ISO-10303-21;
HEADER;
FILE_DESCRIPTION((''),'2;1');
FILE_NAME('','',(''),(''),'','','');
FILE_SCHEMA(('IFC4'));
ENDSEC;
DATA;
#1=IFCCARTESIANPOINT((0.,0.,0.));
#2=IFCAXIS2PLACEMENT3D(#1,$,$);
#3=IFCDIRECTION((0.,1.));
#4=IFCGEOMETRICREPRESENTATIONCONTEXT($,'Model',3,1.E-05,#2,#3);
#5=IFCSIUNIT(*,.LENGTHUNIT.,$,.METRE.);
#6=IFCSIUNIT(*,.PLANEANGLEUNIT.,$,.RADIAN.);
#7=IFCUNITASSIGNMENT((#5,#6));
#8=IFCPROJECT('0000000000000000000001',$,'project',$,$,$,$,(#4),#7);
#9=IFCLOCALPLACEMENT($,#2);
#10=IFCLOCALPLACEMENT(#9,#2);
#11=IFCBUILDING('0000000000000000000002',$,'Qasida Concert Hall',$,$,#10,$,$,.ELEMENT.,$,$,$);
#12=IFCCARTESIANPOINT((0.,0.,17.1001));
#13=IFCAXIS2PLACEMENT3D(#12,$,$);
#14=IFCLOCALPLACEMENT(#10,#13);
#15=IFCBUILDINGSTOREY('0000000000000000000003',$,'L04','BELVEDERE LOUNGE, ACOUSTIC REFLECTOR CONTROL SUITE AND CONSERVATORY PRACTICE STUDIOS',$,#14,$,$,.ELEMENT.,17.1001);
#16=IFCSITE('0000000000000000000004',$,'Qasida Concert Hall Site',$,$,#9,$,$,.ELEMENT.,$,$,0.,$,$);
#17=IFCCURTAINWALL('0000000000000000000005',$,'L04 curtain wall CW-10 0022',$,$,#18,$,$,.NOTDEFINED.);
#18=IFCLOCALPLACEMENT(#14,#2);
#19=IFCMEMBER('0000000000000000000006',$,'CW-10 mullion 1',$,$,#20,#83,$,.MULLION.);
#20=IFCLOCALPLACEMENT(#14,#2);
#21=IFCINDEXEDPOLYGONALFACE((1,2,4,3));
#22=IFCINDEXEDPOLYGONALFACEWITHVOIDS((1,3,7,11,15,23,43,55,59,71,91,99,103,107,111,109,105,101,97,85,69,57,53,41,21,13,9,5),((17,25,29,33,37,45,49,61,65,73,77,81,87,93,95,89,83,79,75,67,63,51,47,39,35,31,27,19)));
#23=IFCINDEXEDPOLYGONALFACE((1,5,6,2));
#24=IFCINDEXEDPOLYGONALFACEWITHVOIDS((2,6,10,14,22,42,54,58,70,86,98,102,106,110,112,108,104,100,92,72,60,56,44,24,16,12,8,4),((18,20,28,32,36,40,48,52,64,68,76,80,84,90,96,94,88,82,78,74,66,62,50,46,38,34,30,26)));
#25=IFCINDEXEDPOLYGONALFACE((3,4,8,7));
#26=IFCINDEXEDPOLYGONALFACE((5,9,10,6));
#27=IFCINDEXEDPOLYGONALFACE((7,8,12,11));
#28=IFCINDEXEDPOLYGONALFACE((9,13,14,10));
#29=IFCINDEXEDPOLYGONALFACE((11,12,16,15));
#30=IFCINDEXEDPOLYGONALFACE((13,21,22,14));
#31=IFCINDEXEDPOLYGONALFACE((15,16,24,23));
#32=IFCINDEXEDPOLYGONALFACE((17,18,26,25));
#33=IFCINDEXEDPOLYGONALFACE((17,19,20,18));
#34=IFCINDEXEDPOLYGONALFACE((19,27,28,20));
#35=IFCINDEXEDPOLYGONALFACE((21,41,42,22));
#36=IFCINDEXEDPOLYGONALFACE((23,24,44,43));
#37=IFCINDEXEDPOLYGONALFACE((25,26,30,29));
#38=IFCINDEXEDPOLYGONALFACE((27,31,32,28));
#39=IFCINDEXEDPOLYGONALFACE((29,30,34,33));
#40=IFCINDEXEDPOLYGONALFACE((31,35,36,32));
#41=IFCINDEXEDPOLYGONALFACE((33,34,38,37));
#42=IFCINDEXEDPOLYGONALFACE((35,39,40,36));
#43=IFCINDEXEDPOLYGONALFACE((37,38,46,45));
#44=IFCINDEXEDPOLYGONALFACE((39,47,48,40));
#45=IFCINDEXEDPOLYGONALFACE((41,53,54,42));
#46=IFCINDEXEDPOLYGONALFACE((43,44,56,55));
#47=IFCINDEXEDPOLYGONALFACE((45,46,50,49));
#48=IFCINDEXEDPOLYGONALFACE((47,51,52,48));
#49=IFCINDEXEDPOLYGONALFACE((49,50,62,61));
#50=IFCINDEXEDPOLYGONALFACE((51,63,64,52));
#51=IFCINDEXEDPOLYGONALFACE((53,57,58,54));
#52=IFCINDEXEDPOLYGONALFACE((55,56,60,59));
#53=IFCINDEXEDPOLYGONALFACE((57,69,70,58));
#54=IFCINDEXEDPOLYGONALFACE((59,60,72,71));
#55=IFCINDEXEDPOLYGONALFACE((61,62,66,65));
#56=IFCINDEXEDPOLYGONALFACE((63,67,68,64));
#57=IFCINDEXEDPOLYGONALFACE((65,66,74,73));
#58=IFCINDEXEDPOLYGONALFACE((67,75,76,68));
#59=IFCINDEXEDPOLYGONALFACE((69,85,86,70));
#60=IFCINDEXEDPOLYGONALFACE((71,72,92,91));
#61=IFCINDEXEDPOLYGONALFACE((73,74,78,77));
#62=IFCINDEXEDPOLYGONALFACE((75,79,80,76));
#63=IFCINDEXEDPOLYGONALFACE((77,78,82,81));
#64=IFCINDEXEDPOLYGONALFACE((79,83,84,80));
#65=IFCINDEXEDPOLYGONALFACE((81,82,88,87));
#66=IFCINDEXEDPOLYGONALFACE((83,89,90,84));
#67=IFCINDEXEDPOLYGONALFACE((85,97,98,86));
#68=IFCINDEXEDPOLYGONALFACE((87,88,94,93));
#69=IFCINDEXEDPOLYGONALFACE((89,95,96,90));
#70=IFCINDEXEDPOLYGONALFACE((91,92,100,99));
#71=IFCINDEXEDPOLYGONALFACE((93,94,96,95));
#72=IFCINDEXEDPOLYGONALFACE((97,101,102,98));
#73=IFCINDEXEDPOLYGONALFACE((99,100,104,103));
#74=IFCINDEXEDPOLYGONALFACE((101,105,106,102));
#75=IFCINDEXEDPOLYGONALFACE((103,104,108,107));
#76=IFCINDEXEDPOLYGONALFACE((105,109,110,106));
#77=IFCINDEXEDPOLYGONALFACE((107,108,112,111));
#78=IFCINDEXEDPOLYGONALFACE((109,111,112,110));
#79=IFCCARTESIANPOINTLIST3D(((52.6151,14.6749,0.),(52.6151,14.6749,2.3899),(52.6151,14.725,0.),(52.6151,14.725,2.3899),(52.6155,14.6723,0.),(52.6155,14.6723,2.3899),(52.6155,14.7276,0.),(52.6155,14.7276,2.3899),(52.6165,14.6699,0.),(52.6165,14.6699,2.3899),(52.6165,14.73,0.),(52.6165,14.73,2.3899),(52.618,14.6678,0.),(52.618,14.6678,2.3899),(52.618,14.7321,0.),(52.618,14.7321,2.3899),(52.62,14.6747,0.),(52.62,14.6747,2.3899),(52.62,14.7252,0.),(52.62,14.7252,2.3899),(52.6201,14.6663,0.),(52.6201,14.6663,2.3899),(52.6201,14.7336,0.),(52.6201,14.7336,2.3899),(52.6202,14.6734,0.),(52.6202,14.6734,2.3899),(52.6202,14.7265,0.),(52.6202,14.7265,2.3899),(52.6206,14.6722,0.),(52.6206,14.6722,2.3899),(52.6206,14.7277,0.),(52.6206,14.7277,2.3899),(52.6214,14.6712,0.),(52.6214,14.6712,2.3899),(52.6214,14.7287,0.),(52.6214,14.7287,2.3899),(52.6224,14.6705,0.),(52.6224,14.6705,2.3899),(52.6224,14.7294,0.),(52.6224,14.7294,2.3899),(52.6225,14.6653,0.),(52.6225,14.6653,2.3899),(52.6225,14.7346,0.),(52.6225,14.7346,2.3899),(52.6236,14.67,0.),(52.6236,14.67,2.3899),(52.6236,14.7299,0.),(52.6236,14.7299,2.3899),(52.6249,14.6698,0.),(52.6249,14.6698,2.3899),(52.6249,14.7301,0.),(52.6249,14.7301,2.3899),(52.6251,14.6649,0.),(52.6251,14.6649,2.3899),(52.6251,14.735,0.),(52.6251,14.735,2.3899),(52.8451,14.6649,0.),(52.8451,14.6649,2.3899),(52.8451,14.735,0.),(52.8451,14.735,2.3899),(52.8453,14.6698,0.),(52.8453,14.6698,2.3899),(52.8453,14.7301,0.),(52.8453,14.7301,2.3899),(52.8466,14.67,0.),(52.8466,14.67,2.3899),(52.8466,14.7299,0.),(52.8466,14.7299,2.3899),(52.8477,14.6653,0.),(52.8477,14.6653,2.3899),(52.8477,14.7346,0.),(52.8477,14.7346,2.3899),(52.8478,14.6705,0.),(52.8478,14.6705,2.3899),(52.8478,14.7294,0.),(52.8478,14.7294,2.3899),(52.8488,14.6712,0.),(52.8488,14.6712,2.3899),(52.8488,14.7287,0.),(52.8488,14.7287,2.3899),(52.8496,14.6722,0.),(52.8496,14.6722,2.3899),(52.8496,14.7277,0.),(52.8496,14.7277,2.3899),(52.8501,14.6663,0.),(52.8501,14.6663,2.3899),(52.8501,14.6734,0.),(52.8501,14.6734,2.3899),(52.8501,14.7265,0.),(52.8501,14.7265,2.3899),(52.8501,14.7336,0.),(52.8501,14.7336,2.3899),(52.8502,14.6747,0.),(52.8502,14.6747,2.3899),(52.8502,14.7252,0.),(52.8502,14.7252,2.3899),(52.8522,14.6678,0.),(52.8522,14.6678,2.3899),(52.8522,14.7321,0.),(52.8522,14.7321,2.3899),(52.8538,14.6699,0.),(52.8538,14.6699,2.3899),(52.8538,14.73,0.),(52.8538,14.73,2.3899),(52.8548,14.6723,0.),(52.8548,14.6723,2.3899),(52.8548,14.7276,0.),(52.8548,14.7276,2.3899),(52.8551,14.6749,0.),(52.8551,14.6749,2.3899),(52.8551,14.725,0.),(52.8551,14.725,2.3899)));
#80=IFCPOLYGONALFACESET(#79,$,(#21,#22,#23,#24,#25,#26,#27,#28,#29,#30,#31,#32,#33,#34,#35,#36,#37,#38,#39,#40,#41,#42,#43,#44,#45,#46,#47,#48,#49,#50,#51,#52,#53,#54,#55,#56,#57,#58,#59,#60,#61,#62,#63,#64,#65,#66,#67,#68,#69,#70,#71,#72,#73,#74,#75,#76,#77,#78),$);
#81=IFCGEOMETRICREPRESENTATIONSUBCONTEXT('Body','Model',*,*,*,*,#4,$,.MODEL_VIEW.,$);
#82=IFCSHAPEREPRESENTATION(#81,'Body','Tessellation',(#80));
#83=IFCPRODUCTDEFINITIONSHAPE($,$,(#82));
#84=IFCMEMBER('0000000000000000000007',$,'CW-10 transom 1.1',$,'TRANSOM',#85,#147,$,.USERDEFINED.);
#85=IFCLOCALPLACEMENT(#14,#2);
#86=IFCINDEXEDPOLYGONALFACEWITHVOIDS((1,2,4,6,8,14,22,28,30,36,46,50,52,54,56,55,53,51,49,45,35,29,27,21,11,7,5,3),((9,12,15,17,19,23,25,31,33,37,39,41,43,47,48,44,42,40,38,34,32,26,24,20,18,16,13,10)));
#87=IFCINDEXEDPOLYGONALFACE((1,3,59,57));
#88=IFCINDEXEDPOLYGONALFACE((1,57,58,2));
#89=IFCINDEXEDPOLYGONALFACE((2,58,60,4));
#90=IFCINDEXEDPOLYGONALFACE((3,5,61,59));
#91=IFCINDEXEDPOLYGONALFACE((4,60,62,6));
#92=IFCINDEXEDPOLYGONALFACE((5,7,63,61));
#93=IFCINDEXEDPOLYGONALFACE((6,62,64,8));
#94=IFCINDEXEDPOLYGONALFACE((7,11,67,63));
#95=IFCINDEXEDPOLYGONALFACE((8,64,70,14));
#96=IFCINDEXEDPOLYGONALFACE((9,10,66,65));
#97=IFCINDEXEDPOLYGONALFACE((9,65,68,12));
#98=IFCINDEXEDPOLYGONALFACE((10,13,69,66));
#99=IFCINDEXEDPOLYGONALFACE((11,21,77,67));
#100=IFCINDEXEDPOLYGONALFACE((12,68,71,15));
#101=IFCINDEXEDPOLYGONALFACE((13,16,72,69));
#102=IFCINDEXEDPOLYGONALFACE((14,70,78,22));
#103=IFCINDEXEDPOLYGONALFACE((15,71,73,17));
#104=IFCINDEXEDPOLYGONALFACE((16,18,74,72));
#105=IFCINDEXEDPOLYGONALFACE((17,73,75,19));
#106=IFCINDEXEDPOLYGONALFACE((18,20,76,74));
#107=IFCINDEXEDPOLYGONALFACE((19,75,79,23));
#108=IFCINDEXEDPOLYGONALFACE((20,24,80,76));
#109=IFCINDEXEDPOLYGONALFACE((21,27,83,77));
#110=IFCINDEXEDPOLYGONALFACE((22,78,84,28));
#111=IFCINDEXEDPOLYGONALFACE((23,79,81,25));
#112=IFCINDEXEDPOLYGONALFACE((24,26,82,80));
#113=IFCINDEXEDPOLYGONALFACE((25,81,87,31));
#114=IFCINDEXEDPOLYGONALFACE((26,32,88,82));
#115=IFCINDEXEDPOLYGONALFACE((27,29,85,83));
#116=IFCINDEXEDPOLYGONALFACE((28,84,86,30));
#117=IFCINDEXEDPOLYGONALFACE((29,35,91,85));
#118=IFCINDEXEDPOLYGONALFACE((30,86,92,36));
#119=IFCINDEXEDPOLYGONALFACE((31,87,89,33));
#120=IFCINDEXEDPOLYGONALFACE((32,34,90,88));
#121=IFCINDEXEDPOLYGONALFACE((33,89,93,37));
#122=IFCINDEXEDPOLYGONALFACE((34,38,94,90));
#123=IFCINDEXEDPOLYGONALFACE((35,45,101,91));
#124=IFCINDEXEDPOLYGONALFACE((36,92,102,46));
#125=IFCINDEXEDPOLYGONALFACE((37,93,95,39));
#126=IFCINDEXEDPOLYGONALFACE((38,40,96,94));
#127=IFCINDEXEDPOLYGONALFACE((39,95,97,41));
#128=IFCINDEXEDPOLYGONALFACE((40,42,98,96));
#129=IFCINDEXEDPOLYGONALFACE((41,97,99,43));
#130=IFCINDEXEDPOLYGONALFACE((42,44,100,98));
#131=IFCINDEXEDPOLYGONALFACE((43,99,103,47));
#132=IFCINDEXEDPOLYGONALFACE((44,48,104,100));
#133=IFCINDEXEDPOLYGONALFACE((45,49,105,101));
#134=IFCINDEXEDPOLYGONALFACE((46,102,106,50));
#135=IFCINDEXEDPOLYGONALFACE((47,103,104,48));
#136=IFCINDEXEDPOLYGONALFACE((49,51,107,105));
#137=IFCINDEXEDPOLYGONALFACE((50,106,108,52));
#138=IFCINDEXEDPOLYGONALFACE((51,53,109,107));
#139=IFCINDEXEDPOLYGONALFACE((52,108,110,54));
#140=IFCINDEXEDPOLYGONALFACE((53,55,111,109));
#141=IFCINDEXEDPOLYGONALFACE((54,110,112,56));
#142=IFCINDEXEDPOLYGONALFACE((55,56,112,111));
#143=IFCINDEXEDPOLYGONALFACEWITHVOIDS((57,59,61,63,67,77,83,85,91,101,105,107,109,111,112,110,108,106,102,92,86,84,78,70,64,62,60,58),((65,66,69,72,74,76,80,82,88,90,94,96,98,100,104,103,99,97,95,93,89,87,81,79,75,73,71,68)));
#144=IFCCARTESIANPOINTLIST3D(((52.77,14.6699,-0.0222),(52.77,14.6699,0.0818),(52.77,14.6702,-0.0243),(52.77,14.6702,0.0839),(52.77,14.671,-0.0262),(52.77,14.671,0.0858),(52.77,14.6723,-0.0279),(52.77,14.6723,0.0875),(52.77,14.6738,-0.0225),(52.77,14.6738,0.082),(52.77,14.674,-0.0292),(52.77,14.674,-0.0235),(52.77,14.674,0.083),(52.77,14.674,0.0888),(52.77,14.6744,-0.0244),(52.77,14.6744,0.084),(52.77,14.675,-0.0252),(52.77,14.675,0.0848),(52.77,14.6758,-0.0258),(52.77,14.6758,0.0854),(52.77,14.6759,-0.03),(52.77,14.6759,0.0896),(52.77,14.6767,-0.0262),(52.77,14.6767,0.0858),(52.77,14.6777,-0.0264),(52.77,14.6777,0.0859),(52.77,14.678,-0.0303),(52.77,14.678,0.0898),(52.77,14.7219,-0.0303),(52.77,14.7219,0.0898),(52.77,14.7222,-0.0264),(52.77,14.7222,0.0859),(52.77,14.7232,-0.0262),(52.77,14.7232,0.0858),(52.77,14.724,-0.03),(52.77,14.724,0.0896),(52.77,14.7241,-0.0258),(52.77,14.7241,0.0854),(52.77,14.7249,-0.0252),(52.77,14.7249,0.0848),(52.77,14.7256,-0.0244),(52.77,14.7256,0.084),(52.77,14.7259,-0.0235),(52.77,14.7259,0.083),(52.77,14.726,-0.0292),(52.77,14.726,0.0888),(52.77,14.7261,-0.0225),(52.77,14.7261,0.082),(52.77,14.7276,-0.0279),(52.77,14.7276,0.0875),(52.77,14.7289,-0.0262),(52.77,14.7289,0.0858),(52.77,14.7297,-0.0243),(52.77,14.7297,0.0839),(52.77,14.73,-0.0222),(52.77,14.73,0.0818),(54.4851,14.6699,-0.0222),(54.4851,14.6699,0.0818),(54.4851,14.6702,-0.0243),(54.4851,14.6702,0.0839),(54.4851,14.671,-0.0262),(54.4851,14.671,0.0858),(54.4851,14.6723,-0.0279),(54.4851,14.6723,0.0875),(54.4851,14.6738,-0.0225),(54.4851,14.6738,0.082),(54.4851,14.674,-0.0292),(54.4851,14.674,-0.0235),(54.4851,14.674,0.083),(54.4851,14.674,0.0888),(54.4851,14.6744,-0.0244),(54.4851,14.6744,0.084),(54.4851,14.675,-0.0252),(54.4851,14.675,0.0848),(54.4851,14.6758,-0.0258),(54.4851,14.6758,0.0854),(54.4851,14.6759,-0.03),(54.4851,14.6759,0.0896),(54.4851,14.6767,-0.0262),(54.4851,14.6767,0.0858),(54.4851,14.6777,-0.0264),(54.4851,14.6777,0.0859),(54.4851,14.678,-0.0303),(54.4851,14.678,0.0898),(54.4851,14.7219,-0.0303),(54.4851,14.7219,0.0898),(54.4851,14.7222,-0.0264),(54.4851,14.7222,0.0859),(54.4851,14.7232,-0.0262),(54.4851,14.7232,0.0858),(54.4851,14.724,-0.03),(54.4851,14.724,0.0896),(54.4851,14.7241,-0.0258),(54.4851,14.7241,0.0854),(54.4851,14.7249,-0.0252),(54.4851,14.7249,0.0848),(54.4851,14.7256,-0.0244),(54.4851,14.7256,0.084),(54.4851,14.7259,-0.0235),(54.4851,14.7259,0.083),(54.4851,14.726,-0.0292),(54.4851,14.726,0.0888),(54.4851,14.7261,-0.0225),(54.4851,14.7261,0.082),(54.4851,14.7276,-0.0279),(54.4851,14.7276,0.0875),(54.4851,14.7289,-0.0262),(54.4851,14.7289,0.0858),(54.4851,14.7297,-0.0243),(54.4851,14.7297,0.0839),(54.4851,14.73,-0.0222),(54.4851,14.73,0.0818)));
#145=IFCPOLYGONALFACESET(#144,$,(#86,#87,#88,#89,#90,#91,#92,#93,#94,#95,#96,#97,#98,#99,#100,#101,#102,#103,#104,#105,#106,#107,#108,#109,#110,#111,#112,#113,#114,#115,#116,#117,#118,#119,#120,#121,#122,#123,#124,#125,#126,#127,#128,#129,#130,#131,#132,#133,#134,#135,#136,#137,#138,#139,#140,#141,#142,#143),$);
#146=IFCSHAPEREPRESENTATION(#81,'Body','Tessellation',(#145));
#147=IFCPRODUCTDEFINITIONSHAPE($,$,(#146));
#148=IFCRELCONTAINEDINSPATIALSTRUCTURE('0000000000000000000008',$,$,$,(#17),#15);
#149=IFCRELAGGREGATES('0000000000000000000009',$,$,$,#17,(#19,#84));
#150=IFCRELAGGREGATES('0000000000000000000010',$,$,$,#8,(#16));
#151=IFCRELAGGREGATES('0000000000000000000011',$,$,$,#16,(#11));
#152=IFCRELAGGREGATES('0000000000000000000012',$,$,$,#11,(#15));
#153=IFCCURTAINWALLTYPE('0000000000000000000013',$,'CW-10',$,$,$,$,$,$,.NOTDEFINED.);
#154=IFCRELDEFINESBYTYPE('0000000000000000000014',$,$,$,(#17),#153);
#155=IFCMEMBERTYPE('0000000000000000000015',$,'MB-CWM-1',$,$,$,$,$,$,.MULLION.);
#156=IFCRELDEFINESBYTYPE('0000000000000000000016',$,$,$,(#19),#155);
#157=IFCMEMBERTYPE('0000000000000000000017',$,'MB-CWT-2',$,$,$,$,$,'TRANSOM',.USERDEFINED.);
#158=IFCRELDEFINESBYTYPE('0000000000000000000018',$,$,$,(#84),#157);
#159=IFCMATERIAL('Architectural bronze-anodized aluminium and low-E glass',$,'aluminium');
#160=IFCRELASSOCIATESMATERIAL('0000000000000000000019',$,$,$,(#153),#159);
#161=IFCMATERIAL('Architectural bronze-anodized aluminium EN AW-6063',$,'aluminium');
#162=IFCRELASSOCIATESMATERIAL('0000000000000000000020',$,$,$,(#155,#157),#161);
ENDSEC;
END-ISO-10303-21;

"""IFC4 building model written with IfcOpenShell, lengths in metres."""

from ifc_helpers import new_model, si_unit, direction, frame, origin, origin_2d, place, context, subcontext, project, spatial, hollow_rectangle, extrude, material, material_profile, profile_set, type_object, element, aggregate, save


model = new_model("IFC4")

# Units and contexts
model_context = context("Model", 3, precision=1e-05, world=origin(), true_north=direction((0.0, 1.0)))
body_context = subcontext(model_context, "Body", "Model", "MODEL_VIEW")
ifc_project = project(units=[si_unit("LENGTHUNIT", "METRE"), si_unit("PLANEANGLEUNIT", "RADIAN")], contexts=[model_context])

# Site, building, storey
site_placement = place(None, origin())
site = spatial("IfcSite", under=ifc_project, at=site_placement, Name="Qasida Concert Hall Site", CompositionType="ELEMENT", RefElevation=0.0)
building_placement = place(site_placement, origin())
building = spatial("IfcBuilding", under=site, at=building_placement, Name="Qasida Concert Hall", CompositionType="ELEMENT")
storey_placement = place(building_placement, frame((0.0, 0.0, 17.1001)))
storey = spatial("IfcBuildingStorey", under=building, at=storey_placement, Name="L04", Description="BELVEDERE LOUNGE, ACOUSTIC REFLECTOR CONTROL SUITE AND CONSERVATORY PRACTICE STUDIOS", CompositionType="ELEMENT", Elevation=17.1001)

# Curtain wall, members
ifc_material_1 = material(Name="Architectural bronze-anodized aluminium and low-E glass", Category="aluminium")
curtain_wall_type = type_object("IfcCurtainWallType", Name="CW-10", PredefinedType="NOTDEFINED", material=ifc_material_1)
curtain_wall_placement = place(storey_placement, origin())
curtain_wall = element("IfcCurtainWall", 1, at=curtain_wall_placement, inside=storey, type_object=curtain_wall_type, Name="L04 curtain wall CW-10 0022", PredefinedType="NOTDEFINED")
ifc_material_2 = material(Name="Architectural bronze-anodized aluminium EN AW-6063", Category="aluminium")
ifc_material_profile_1 = material_profile(ifc_material_2, hollow_rectangle(XDim=0.0701, YDim=0.24, WallThickness=0.0049, InnerFilletRadius=0.0049, OuterFilletRadius=0.01, at=origin_2d()), Name="CWM 240x70x5")
ifc_profile_set_1 = profile_set([ifc_material_profile_1], Name="Architectural bronze-anodized aluminium EN AW-6063")
member_type_1 = type_object("IfcMemberType", Name="MB-CWM-1", PredefinedType="MULLION", material=ifc_profile_set_1)
member_1_placement = place(storey_placement, frame((52.7351, 14.7, 0.0), z_axis=(0.0, 0.0, 1.0), x_axis=(0.0, 1.0, 0.0)))
member_1 = element("IfcMember", 2, at=member_1_placement, type_object=member_type_1, Name="CW-10 mullion 1", PredefinedType="MULLION", context=body_context, shape_type="SweptSolid", body=[
    extrude(hollow_rectangle(XDim=0.0701, YDim=0.24, WallThickness=0.0049, InnerFilletRadius=0.0049, OuterFilletRadius=0.01, at=origin_2d()), origin(), (0.0, 0.0, 1.0), 2.3899),
])
ifc_material_profile_2 = material_profile(ifc_material_2, hollow_rectangle(XDim=0.0601, YDim=0.1201, WallThickness=0.0039, InnerFilletRadius=0.0039, OuterFilletRadius=0.0081, at=origin_2d()), Name="CWT 120x60x4")
ifc_profile_set_2 = profile_set([ifc_material_profile_2], Name="Architectural bronze-anodized aluminium EN AW-6063")
member_type_2 = type_object("IfcMemberType", Name="MB-CWT-2", ElementType="TRANSOM", PredefinedType="USERDEFINED", material=ifc_profile_set_2)
member_2_placement = place(storey_placement, frame((52.77, 14.7, 0.0298), z_axis=(1.0, 0.0, 0.0), x_axis=(0.0, 1.0, 0.0)))
member_2 = element("IfcMember", 3, at=member_2_placement, type_object=member_type_2, Name="CW-10 transom 1.1", ObjectType="TRANSOM", PredefinedType="USERDEFINED", context=body_context, shape_type="SweptSolid", body=[
    extrude(hollow_rectangle(XDim=0.0601, YDim=0.1201, WallThickness=0.0039, InnerFilletRadius=0.0039, OuterFilletRadius=0.0081, at=origin_2d()), origin(), (0.0, 0.0, 1.0), 1.7151),
])

aggregate(curtain_wall, [member_1, member_2])

save(model, "model.ifc")
